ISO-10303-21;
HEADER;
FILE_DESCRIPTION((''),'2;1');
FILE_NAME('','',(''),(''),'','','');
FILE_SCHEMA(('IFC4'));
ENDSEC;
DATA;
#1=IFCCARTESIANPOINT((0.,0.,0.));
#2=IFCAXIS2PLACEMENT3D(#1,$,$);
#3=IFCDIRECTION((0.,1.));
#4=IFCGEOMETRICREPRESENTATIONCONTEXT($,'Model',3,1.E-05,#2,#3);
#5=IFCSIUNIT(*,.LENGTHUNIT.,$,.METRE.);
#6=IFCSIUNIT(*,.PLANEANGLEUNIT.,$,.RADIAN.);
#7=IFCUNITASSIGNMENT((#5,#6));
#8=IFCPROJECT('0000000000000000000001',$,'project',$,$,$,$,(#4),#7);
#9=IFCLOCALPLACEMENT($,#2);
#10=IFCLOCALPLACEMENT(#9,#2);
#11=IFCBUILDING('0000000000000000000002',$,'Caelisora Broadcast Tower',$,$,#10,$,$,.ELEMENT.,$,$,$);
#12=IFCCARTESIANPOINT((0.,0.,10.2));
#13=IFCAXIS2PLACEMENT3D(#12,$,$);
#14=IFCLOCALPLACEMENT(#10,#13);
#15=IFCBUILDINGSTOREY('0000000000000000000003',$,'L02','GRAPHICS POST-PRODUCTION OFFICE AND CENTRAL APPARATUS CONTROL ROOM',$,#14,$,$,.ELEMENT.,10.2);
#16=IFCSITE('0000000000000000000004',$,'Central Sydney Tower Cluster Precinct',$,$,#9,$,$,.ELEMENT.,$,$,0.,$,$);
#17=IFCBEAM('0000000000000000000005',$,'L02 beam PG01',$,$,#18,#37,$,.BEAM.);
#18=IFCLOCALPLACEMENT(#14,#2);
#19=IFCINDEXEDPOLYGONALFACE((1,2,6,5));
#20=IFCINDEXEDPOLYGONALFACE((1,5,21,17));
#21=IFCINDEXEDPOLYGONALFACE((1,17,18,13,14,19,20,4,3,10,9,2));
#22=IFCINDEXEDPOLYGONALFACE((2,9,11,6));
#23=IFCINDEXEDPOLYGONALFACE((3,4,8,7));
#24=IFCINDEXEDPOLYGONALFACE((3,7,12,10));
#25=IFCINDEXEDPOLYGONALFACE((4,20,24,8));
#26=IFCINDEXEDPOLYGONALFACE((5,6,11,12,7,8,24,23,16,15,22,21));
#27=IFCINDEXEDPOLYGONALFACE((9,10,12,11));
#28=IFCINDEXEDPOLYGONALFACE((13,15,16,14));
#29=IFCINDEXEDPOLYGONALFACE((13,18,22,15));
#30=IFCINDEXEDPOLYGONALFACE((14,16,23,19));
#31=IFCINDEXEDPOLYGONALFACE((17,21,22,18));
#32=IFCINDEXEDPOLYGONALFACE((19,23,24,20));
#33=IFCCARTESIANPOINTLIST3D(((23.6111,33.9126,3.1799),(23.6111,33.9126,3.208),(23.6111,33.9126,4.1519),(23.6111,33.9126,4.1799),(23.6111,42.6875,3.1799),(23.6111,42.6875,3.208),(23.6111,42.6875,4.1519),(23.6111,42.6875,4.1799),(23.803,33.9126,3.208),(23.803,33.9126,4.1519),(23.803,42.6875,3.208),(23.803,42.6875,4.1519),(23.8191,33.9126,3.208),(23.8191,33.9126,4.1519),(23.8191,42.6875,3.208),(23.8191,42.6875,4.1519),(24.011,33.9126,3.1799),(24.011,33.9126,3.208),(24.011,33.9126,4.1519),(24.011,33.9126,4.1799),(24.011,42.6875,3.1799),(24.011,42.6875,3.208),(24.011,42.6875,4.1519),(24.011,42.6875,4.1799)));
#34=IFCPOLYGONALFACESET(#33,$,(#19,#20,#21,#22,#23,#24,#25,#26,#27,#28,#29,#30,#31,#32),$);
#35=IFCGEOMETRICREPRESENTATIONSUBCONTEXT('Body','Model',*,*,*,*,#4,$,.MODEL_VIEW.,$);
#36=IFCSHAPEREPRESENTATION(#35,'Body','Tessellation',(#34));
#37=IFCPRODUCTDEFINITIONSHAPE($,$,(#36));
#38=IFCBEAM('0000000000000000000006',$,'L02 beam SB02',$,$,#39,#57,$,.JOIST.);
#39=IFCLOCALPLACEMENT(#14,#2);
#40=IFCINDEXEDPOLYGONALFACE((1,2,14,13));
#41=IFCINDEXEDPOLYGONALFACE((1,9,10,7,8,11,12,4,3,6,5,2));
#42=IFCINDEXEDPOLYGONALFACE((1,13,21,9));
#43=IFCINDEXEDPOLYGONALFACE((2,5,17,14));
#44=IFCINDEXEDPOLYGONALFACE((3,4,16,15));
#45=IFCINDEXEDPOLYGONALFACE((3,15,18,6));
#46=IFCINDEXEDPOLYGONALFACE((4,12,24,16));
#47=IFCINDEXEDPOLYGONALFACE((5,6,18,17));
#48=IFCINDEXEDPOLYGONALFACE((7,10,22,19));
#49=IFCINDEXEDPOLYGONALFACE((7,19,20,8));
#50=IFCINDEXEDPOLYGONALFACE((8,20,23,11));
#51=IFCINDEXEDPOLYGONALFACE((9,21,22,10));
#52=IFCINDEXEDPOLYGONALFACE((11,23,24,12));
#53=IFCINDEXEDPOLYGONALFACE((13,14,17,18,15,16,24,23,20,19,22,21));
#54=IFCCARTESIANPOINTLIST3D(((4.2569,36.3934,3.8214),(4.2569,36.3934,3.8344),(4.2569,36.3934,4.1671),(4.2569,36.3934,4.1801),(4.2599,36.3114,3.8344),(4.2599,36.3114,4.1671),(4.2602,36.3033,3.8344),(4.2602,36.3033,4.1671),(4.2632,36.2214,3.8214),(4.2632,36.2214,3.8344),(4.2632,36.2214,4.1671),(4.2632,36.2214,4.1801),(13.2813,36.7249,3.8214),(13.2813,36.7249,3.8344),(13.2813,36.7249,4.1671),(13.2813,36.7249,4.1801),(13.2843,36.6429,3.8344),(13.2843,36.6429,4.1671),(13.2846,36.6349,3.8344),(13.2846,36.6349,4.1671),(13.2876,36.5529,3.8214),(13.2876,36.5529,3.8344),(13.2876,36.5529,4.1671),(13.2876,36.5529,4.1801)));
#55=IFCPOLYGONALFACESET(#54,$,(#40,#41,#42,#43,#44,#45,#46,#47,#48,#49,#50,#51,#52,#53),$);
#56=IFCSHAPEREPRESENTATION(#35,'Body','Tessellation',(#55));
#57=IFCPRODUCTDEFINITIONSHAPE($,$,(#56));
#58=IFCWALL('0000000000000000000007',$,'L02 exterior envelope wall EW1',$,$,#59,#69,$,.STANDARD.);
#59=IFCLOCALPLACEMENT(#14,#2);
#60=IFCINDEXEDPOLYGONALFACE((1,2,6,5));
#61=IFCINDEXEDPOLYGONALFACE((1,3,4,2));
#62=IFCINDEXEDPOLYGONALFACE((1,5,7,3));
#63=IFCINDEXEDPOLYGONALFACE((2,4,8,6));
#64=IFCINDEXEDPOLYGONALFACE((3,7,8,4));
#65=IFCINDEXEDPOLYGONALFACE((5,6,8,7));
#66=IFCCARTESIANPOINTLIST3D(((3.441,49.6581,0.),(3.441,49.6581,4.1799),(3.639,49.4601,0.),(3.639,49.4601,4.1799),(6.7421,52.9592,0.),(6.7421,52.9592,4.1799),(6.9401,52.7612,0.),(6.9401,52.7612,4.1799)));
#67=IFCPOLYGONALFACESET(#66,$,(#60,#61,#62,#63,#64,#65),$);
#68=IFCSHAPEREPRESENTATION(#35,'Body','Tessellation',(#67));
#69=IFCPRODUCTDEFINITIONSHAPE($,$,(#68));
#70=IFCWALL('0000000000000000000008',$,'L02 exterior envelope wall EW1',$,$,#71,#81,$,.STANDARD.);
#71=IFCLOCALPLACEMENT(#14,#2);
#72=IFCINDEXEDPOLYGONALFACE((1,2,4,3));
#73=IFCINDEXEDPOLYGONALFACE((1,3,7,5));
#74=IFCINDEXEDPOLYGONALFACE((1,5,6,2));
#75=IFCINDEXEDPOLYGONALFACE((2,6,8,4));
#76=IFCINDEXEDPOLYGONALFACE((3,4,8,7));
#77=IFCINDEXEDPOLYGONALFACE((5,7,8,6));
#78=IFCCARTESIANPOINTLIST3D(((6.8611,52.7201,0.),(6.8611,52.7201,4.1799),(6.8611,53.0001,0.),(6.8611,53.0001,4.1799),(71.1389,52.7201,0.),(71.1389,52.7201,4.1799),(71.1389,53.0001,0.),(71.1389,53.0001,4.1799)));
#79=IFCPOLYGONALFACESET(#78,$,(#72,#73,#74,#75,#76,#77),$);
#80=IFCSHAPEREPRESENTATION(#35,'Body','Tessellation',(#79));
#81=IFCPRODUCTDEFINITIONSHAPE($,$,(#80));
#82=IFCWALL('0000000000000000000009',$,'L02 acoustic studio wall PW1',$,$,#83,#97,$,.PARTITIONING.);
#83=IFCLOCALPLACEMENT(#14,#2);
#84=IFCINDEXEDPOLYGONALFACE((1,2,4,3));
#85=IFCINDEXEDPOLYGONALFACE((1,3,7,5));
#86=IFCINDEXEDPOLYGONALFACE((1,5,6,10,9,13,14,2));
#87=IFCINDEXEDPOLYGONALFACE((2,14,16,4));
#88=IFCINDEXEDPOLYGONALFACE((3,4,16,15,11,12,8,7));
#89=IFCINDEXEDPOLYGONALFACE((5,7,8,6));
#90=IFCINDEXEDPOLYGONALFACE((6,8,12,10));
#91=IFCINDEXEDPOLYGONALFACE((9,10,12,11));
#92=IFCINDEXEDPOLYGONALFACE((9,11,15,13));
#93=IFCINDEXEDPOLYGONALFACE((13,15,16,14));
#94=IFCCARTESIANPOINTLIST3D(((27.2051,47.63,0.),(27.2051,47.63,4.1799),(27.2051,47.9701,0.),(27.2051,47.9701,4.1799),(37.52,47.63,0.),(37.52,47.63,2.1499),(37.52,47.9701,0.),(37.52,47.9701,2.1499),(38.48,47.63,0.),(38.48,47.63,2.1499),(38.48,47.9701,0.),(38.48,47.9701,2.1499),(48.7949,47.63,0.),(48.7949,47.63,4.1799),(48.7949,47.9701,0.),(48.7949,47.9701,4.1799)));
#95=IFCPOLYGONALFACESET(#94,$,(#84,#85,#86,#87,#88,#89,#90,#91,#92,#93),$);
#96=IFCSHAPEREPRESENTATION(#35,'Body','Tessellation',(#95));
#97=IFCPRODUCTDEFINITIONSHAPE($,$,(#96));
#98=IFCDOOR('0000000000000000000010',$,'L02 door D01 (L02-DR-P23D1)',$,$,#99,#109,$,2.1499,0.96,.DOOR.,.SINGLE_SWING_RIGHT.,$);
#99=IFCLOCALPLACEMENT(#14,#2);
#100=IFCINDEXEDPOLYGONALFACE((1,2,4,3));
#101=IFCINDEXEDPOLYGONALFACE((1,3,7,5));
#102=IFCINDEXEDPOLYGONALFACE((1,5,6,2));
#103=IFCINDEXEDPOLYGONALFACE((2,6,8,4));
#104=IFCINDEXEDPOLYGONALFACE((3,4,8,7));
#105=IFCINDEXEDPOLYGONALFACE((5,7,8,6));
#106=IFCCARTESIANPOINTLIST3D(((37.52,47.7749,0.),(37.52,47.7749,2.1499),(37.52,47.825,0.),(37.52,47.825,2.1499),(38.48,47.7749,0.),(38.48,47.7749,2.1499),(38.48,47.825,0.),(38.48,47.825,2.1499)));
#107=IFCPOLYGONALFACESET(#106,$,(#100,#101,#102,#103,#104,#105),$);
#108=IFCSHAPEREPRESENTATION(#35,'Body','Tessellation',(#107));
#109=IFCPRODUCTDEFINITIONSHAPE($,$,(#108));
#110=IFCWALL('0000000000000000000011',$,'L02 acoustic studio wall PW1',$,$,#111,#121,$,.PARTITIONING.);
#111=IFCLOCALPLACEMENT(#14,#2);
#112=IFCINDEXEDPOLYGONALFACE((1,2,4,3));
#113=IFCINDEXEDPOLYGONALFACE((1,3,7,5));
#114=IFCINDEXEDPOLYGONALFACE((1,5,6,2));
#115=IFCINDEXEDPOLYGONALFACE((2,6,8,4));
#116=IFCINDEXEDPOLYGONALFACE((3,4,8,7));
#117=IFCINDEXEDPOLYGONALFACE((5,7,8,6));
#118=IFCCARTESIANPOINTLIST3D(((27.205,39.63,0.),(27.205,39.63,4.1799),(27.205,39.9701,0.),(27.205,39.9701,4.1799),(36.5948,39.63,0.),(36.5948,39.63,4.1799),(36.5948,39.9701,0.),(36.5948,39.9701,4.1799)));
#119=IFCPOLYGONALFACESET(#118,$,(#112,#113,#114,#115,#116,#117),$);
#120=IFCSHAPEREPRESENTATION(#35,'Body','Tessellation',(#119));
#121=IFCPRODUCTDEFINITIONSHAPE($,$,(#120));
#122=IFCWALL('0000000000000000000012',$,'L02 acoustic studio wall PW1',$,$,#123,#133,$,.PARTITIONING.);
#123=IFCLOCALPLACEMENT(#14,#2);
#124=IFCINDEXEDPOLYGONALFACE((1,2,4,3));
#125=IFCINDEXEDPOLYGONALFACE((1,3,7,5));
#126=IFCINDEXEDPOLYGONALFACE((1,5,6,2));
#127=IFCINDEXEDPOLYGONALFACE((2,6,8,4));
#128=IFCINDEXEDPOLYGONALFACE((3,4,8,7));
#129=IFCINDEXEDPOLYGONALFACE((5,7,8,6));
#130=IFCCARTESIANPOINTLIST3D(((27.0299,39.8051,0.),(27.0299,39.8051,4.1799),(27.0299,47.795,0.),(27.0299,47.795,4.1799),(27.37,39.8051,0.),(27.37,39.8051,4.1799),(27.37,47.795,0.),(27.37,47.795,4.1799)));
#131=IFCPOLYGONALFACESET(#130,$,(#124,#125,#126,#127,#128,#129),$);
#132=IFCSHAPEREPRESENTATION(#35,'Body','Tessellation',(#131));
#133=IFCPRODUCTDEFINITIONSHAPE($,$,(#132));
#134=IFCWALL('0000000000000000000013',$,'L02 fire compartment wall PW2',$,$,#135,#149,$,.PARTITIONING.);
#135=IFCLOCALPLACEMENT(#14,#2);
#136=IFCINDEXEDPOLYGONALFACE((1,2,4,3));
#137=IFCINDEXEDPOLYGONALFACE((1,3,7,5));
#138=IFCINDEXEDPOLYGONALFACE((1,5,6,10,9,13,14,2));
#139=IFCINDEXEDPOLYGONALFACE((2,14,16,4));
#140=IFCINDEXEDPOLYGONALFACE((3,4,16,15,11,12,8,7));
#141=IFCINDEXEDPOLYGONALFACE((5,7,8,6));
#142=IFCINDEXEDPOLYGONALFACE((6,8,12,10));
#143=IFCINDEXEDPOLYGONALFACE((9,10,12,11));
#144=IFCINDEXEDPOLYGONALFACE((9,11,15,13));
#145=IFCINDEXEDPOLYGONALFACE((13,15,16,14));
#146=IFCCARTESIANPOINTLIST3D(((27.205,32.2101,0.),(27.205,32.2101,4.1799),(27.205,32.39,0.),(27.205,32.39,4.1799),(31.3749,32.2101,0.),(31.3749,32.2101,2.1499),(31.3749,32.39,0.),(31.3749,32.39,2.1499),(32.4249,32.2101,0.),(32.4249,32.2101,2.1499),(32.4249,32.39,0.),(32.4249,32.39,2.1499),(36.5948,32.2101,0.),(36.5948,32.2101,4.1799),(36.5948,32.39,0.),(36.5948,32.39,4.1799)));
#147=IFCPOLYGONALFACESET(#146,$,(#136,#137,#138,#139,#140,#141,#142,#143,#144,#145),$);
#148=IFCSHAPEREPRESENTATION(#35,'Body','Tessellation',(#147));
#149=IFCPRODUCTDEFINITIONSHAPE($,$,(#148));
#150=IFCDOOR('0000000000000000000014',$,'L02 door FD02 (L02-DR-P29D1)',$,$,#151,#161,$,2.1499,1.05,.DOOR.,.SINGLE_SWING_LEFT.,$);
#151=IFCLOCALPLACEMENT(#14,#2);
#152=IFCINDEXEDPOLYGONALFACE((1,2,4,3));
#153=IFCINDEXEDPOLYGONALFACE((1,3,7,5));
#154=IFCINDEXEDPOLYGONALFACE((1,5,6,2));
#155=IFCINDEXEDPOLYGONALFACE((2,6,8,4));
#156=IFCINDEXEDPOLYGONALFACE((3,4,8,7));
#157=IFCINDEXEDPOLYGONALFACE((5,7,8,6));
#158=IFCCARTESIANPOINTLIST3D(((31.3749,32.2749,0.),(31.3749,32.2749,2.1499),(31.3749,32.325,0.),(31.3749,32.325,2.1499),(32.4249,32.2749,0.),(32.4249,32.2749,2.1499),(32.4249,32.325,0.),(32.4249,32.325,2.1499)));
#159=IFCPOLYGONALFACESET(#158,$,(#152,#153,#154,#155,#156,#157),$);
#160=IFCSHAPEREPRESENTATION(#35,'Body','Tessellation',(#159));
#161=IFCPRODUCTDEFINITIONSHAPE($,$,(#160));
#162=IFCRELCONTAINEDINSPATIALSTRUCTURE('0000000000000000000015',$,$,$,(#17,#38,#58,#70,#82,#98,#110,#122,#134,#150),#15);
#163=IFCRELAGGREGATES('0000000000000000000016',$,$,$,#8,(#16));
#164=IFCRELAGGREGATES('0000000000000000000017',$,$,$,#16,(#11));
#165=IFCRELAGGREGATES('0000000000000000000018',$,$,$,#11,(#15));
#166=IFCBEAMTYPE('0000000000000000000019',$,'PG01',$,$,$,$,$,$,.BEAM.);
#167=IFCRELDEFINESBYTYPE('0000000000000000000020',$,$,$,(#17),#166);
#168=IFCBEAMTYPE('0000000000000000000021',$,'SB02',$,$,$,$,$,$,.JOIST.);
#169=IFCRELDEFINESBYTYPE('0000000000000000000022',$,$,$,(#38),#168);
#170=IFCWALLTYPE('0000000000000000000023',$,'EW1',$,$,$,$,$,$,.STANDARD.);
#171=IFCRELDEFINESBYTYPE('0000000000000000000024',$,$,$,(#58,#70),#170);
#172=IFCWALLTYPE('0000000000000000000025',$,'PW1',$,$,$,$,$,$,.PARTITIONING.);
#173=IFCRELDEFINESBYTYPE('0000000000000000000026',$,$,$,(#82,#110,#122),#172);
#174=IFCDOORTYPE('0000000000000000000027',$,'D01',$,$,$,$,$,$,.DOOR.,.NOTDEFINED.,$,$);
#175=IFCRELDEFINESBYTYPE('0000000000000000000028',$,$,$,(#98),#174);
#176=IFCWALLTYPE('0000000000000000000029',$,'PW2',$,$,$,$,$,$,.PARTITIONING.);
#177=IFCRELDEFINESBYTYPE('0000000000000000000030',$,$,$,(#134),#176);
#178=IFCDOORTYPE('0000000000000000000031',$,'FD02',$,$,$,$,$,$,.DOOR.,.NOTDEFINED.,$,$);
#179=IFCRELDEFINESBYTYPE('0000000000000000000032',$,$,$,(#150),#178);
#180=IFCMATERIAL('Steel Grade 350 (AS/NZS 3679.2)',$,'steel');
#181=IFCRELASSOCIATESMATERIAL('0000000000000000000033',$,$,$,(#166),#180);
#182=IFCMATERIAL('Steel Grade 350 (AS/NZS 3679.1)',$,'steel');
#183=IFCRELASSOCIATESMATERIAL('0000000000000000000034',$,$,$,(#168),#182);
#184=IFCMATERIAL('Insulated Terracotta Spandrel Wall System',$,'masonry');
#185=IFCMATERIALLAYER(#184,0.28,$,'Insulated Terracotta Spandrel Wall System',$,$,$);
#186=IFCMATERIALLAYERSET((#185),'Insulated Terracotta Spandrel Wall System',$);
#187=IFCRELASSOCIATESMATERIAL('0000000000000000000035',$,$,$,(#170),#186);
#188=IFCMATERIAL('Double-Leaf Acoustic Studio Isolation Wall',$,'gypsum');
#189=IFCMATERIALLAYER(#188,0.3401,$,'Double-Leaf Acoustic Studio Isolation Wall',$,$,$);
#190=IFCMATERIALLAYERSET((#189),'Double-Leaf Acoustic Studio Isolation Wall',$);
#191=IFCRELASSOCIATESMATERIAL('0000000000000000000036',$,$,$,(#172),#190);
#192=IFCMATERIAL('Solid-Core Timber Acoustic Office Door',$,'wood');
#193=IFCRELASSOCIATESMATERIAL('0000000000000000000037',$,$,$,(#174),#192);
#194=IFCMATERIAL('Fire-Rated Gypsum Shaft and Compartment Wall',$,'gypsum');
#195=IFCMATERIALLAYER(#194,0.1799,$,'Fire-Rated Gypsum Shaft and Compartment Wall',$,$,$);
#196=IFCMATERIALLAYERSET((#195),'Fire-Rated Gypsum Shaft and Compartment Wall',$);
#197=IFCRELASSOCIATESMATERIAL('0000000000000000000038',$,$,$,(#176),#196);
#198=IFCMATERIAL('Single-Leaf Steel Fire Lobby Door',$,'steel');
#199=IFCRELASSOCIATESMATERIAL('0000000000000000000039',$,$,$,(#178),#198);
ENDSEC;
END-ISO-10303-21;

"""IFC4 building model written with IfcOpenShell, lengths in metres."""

from ifc_helpers import new_model, si_unit, direction, frame, frame_2d, origin, origin_2d, place, context, subcontext, project, spatial, rectangle, i_section, extrude, source, transform, mapped, material, layer, layer_set, material_profile, profile_set, type_object, type_shapes, element, fill, save


model = new_model("IFC4")

# Units and contexts
model_context = context("Model", 3, precision=1e-05, world=origin(), true_north=direction((0.0, 1.0)))
body_context = subcontext(model_context, "Body", "Model", "MODEL_VIEW")
ifc_project = project(units=[si_unit("LENGTHUNIT", "METRE"), si_unit("PLANEANGLEUNIT", "RADIAN")], contexts=[model_context])

# Site, building, storey
site_placement = place(None, origin())
site = spatial("IfcSite", under=ifc_project, at=site_placement, Name="Central Sydney Tower Cluster Precinct", CompositionType="ELEMENT", RefElevation=0.0)
building_placement = place(site_placement, origin())
building = spatial("IfcBuilding", under=site, at=building_placement, Name="Caelisora Broadcast Tower", CompositionType="ELEMENT")
storey_placement = place(building_placement, frame((0.0, 0.0, 10.2)))
storey = spatial("IfcBuildingStorey", under=building, at=storey_placement, Name="L02", Description="GRAPHICS POST-PRODUCTION OFFICE AND CENTRAL APPARATUS CONTROL ROOM", CompositionType="ELEMENT", Elevation=10.2)

# Beams
ifc_material_1 = material(Name="Steel Grade 350 (AS/NZS 3679.2)", Category="steel")
ifc_material_profile_1 = material_profile(ifc_material_1, i_section(OverallWidth=0.3999, OverallDepth=1.0, WebThickness=0.0161, FlangeThickness=0.0281, at=origin_2d()), Name="Steel Grade 350 (AS/NZS 3679.2)")
ifc_profile_set_1 = profile_set([ifc_material_profile_1], Name="Steel Grade 350 (AS/NZS 3679.2)")
beam_type_1 = type_object("IfcBeamType", Name="PG01", PredefinedType="BEAM", material=ifc_profile_set_1)
ifc_material_2 = material(Name="Steel Grade 350 (AS/NZS 3679.1)", Category="steel")
shared_shape_1 = source(origin(), body_context, "Body", "SweptSolid", [
    extrude(i_section(OverallWidth=0.3999, OverallDepth=1.0, WebThickness=0.0161, FlangeThickness=0.0281, at=origin_2d()), origin(), (0.0, 0.0, 1.0), 8.7749),
])
beam_1_placement = place(storey_placement, frame((23.811, 33.9126, 3.6799), z_axis=(0.0, 1.0, 0.0), x_axis=(-1.0, 0.0, 0.0)))
element("IfcBeam", 1, at=beam_1_placement, inside=storey, type_object=beam_type_1, Name="L02 beam PG01", PredefinedType="BEAM", context=body_context, shape_type="MappedRepresentation", body=[
    mapped(shared_shape_1, transform((0.0, 0.0, 0.0), scale=1.0)),
])
ifc_material_profile_2 = material_profile(ifc_material_2, i_section(OverallWidth=0.1721, OverallDepth=0.3586, WebThickness=0.0081, FlangeThickness=0.0129, at=origin_2d()), Name="Steel Grade 350 (AS/NZS 3679.1)")
ifc_profile_set_2 = profile_set([ifc_material_profile_2], Name="Steel Grade 350 (AS/NZS 3679.1)")
beam_type_2 = type_object("IfcBeamType", Name="SB02", PredefinedType="JOIST", material=ifc_profile_set_2)
shared_shape_2 = source(origin(), body_context, "Body", "SweptSolid", [
    extrude(i_section(OverallWidth=0.1721, OverallDepth=0.3586, WebThickness=0.0081, FlangeThickness=0.0129, at=origin_2d()), origin(), (0.0, 0.0, 1.0), 9.0305),
])
type_shapes(beam_type_2, [shared_shape_2])
beam_2_placement = place(storey_placement, frame((4.26, 36.3074, 4.0007), z_axis=(0.999326, 0.036714, 0.0), x_axis=(-0.036714, 0.999326, 0.0)))
element("IfcBeam", 2, at=beam_2_placement, inside=storey, type_object=beam_type_2, Name="L02 beam SB02", PredefinedType="JOIST", context=body_context, shape_type="MappedRepresentation", body=[
    mapped(shared_shape_2, transform((0.0, 0.0, 0.0), scale=1.0)),
])

# Walls
ifc_material_3 = material(Name="Insulated Terracotta Spandrel Wall System", Category="masonry")
ifc_layer_1 = layer(ifc_material_3, 0.28, Name="Insulated Terracotta Spandrel Wall System")
ifc_layer_set_1 = layer_set([ifc_layer_1], Name="Insulated Terracotta Spandrel Wall System")
wall_type_1 = type_object("IfcWallType", Name="EW1", PredefinedType="STANDARD", material=ifc_layer_set_1)
wall_1_placement = place(storey_placement, frame((3.54, 49.5591, 0.0), z_axis=(0.0, 0.0, 1.0), x_axis=(0.707107, 0.707107, 0.0)))
element("IfcWall", 3, at=wall_1_placement, inside=storey, type_object=wall_type_1, Name="L02 exterior envelope wall EW1", PredefinedType="STANDARD", context=body_context, shape_type="SweptSolid", body=[
    extrude(rectangle(XDim=4.6685, YDim=0.28, at=frame_2d((2.3342, 0.0))), origin(), (0.0, 0.0, 1.0), 4.1799),
])
wall_2_placement = place(storey_placement, frame((6.8611, 52.8601, 0.0), z_axis=(0.0, 0.0, 1.0), x_axis=(1.0, 0.0, 0.0)))
element("IfcWall", 4, at=wall_2_placement, inside=storey, type_object=wall_type_1, Name="L02 exterior envelope wall EW1", PredefinedType="STANDARD", context=body_context, shape_type="SweptSolid", body=[
    extrude(rectangle(XDim=64.2778, YDim=0.28, at=frame_2d((32.1389, 0.0))), origin(), (0.0, 0.0, 1.0), 4.1799),
])

# Wall, opening, door
ifc_material_4 = material(Name="Double-Leaf Acoustic Studio Isolation Wall", Category="gypsum")
ifc_layer_2 = layer(ifc_material_4, 0.3401, Name="Double-Leaf Acoustic Studio Isolation Wall")
ifc_layer_set_2 = layer_set([ifc_layer_2], Name="Double-Leaf Acoustic Studio Isolation Wall")
wall_type_2 = type_object("IfcWallType", Name="PW1", PredefinedType="PARTITIONING", material=ifc_layer_set_2)
wall_3_placement = place(storey_placement, frame((27.2051, 47.8, 0.0), z_axis=(0.0, 0.0, 1.0), x_axis=(1.0, 0.0, 0.0)))
wall_3 = element("IfcWall", 5, at=wall_3_placement, inside=storey, type_object=wall_type_2, Name="L02 acoustic studio wall PW1", PredefinedType="PARTITIONING", context=body_context, shape_type="SweptSolid", body=[
    extrude(rectangle(XDim=21.5898, YDim=0.3401, at=frame_2d((10.7949, 0.0))), origin(), (0.0, 0.0, 1.0), 4.1799),
])
opening_1_placement = place(wall_3_placement, frame((10.3149, 0.0, 0.0)))
opening_1 = element("IfcOpeningElement", 6, at=opening_1_placement, cuts=wall_3, PredefinedType="OPENING", context=body_context, shape_type="SweptSolid", body=[
    extrude(rectangle(XDim=0.96, YDim=2.1499, at=frame_2d((0.48, 1.075))), frame((0.0, 0.1821, 0.0), z_axis=(0.0, -1.0, 0.0), x_axis=(1.0, 0.0, 0.0)), (0.0, 0.0, 1.0), 0.364),
])
ifc_material_5 = material(Name="Solid-Core Timber Acoustic Office Door", Category="wood")
door_type_1 = type_object("IfcDoorType", Name="D01", OperationType="NOTDEFINED", PredefinedType="DOOR", material=ifc_material_5)
door_1_placement = place(opening_1_placement, origin())
door_1 = element("IfcDoor", 7, at=door_1_placement, inside=storey, type_object=door_type_1, Name="L02 door D01 (L02-DR-P23D1)", OperationType="SINGLE_SWING_RIGHT", OverallHeight=2.1499, OverallWidth=0.96, PredefinedType="DOOR", context=body_context, shape_type="SweptSolid", body=[
    extrude(rectangle(XDim=0.96, YDim=2.1499, at=frame_2d((0.48, 1.075))), frame((0.0, 0.0249, 0.0), z_axis=(0.0, -1.0, 0.0), x_axis=(1.0, 0.0, 0.0)), (0.0, 0.0, 1.0), 0.05),
])
fill(opening_1, door_1)

# Walls
wall_4_placement = place(storey_placement, frame((27.2051, 39.8, 0.0), z_axis=(0.0, 0.0, 1.0), x_axis=(1.0, 0.0, 0.0)))
element("IfcWall", 8, at=wall_4_placement, inside=storey, type_object=wall_type_2, Name="L02 acoustic studio wall PW1", PredefinedType="PARTITIONING", context=body_context, shape_type="SweptSolid", body=[
    extrude(rectangle(XDim=9.3899, YDim=0.3401, at=frame_2d((4.6948, 0.0))), origin(), (0.0, 0.0, 1.0), 4.1799),
])
wall_5_placement = place(storey_placement, frame((27.2, 39.8049, 0.0), z_axis=(0.0, 0.0, 1.0), x_axis=(0.0, 1.0, 0.0)))
element("IfcWall", 9, at=wall_5_placement, inside=storey, type_object=wall_type_2, Name="L02 acoustic studio wall PW1", PredefinedType="PARTITIONING", context=body_context, shape_type="SweptSolid", body=[
    extrude(rectangle(XDim=7.99, YDim=0.3401, at=frame_2d((3.9951, 0.0))), origin(), (0.0, 0.0, 1.0), 4.1799),
])

# Wall, opening, door
ifc_material_6 = material(Name="Fire-Rated Gypsum Shaft and Compartment Wall", Category="gypsum")
ifc_layer_3 = layer(ifc_material_6, 0.1799, Name="Fire-Rated Gypsum Shaft and Compartment Wall")
ifc_layer_set_3 = layer_set([ifc_layer_3], Name="Fire-Rated Gypsum Shaft and Compartment Wall")
wall_type_3 = type_object("IfcWallType", Name="PW2", PredefinedType="PARTITIONING", material=ifc_layer_set_3)
wall_6_placement = place(storey_placement, frame((27.2051, 32.3, 0.0), z_axis=(0.0, 0.0, 1.0), x_axis=(1.0, 0.0, 0.0)))
wall_6 = element("IfcWall", 10, at=wall_6_placement, inside=storey, type_object=wall_type_3, Name="L02 fire compartment wall PW2", PredefinedType="PARTITIONING", context=body_context, shape_type="SweptSolid", body=[
    extrude(rectangle(XDim=9.3899, YDim=0.1799, at=frame_2d((4.6948, 0.0))), origin(), (0.0, 0.0, 1.0), 4.1799),
])
opening_2_placement = place(wall_6_placement, frame((4.1699, 0.0, 0.0)))
opening_2 = element("IfcOpeningElement", 11, at=opening_2_placement, cuts=wall_6, PredefinedType="OPENING", context=body_context, shape_type="SweptSolid", body=[
    extrude(rectangle(XDim=1.05, YDim=2.1499, at=frame_2d((0.5249, 1.075))), frame((0.0, 0.1021, 0.0), z_axis=(0.0, -1.0, 0.0), x_axis=(1.0, 0.0, 0.0)), (0.0, 0.0, 1.0), 0.2039),
])
ifc_material_7 = material(Name="Single-Leaf Steel Fire Lobby Door", Category="steel")
door_type_2 = type_object("IfcDoorType", Name="FD02", OperationType="NOTDEFINED", PredefinedType="DOOR", material=ifc_material_7)
door_2_placement = place(opening_2_placement, origin())
door_2 = element("IfcDoor", 12, at=door_2_placement, inside=storey, type_object=door_type_2, Name="L02 door FD02 (L02-DR-P29D1)", OperationType="SINGLE_SWING_LEFT", OverallHeight=2.1499, OverallWidth=1.05, PredefinedType="DOOR", context=body_context, shape_type="SweptSolid", body=[
    extrude(rectangle(XDim=1.05, YDim=2.1499, at=frame_2d((0.5249, 1.075))), frame((0.0, 0.0249, 0.0), z_axis=(0.0, -1.0, 0.0), x_axis=(1.0, 0.0, 0.0)), (0.0, 0.0, 1.0), 0.05),
])
fill(opening_2, door_2)

save(model, "model.ifc")
